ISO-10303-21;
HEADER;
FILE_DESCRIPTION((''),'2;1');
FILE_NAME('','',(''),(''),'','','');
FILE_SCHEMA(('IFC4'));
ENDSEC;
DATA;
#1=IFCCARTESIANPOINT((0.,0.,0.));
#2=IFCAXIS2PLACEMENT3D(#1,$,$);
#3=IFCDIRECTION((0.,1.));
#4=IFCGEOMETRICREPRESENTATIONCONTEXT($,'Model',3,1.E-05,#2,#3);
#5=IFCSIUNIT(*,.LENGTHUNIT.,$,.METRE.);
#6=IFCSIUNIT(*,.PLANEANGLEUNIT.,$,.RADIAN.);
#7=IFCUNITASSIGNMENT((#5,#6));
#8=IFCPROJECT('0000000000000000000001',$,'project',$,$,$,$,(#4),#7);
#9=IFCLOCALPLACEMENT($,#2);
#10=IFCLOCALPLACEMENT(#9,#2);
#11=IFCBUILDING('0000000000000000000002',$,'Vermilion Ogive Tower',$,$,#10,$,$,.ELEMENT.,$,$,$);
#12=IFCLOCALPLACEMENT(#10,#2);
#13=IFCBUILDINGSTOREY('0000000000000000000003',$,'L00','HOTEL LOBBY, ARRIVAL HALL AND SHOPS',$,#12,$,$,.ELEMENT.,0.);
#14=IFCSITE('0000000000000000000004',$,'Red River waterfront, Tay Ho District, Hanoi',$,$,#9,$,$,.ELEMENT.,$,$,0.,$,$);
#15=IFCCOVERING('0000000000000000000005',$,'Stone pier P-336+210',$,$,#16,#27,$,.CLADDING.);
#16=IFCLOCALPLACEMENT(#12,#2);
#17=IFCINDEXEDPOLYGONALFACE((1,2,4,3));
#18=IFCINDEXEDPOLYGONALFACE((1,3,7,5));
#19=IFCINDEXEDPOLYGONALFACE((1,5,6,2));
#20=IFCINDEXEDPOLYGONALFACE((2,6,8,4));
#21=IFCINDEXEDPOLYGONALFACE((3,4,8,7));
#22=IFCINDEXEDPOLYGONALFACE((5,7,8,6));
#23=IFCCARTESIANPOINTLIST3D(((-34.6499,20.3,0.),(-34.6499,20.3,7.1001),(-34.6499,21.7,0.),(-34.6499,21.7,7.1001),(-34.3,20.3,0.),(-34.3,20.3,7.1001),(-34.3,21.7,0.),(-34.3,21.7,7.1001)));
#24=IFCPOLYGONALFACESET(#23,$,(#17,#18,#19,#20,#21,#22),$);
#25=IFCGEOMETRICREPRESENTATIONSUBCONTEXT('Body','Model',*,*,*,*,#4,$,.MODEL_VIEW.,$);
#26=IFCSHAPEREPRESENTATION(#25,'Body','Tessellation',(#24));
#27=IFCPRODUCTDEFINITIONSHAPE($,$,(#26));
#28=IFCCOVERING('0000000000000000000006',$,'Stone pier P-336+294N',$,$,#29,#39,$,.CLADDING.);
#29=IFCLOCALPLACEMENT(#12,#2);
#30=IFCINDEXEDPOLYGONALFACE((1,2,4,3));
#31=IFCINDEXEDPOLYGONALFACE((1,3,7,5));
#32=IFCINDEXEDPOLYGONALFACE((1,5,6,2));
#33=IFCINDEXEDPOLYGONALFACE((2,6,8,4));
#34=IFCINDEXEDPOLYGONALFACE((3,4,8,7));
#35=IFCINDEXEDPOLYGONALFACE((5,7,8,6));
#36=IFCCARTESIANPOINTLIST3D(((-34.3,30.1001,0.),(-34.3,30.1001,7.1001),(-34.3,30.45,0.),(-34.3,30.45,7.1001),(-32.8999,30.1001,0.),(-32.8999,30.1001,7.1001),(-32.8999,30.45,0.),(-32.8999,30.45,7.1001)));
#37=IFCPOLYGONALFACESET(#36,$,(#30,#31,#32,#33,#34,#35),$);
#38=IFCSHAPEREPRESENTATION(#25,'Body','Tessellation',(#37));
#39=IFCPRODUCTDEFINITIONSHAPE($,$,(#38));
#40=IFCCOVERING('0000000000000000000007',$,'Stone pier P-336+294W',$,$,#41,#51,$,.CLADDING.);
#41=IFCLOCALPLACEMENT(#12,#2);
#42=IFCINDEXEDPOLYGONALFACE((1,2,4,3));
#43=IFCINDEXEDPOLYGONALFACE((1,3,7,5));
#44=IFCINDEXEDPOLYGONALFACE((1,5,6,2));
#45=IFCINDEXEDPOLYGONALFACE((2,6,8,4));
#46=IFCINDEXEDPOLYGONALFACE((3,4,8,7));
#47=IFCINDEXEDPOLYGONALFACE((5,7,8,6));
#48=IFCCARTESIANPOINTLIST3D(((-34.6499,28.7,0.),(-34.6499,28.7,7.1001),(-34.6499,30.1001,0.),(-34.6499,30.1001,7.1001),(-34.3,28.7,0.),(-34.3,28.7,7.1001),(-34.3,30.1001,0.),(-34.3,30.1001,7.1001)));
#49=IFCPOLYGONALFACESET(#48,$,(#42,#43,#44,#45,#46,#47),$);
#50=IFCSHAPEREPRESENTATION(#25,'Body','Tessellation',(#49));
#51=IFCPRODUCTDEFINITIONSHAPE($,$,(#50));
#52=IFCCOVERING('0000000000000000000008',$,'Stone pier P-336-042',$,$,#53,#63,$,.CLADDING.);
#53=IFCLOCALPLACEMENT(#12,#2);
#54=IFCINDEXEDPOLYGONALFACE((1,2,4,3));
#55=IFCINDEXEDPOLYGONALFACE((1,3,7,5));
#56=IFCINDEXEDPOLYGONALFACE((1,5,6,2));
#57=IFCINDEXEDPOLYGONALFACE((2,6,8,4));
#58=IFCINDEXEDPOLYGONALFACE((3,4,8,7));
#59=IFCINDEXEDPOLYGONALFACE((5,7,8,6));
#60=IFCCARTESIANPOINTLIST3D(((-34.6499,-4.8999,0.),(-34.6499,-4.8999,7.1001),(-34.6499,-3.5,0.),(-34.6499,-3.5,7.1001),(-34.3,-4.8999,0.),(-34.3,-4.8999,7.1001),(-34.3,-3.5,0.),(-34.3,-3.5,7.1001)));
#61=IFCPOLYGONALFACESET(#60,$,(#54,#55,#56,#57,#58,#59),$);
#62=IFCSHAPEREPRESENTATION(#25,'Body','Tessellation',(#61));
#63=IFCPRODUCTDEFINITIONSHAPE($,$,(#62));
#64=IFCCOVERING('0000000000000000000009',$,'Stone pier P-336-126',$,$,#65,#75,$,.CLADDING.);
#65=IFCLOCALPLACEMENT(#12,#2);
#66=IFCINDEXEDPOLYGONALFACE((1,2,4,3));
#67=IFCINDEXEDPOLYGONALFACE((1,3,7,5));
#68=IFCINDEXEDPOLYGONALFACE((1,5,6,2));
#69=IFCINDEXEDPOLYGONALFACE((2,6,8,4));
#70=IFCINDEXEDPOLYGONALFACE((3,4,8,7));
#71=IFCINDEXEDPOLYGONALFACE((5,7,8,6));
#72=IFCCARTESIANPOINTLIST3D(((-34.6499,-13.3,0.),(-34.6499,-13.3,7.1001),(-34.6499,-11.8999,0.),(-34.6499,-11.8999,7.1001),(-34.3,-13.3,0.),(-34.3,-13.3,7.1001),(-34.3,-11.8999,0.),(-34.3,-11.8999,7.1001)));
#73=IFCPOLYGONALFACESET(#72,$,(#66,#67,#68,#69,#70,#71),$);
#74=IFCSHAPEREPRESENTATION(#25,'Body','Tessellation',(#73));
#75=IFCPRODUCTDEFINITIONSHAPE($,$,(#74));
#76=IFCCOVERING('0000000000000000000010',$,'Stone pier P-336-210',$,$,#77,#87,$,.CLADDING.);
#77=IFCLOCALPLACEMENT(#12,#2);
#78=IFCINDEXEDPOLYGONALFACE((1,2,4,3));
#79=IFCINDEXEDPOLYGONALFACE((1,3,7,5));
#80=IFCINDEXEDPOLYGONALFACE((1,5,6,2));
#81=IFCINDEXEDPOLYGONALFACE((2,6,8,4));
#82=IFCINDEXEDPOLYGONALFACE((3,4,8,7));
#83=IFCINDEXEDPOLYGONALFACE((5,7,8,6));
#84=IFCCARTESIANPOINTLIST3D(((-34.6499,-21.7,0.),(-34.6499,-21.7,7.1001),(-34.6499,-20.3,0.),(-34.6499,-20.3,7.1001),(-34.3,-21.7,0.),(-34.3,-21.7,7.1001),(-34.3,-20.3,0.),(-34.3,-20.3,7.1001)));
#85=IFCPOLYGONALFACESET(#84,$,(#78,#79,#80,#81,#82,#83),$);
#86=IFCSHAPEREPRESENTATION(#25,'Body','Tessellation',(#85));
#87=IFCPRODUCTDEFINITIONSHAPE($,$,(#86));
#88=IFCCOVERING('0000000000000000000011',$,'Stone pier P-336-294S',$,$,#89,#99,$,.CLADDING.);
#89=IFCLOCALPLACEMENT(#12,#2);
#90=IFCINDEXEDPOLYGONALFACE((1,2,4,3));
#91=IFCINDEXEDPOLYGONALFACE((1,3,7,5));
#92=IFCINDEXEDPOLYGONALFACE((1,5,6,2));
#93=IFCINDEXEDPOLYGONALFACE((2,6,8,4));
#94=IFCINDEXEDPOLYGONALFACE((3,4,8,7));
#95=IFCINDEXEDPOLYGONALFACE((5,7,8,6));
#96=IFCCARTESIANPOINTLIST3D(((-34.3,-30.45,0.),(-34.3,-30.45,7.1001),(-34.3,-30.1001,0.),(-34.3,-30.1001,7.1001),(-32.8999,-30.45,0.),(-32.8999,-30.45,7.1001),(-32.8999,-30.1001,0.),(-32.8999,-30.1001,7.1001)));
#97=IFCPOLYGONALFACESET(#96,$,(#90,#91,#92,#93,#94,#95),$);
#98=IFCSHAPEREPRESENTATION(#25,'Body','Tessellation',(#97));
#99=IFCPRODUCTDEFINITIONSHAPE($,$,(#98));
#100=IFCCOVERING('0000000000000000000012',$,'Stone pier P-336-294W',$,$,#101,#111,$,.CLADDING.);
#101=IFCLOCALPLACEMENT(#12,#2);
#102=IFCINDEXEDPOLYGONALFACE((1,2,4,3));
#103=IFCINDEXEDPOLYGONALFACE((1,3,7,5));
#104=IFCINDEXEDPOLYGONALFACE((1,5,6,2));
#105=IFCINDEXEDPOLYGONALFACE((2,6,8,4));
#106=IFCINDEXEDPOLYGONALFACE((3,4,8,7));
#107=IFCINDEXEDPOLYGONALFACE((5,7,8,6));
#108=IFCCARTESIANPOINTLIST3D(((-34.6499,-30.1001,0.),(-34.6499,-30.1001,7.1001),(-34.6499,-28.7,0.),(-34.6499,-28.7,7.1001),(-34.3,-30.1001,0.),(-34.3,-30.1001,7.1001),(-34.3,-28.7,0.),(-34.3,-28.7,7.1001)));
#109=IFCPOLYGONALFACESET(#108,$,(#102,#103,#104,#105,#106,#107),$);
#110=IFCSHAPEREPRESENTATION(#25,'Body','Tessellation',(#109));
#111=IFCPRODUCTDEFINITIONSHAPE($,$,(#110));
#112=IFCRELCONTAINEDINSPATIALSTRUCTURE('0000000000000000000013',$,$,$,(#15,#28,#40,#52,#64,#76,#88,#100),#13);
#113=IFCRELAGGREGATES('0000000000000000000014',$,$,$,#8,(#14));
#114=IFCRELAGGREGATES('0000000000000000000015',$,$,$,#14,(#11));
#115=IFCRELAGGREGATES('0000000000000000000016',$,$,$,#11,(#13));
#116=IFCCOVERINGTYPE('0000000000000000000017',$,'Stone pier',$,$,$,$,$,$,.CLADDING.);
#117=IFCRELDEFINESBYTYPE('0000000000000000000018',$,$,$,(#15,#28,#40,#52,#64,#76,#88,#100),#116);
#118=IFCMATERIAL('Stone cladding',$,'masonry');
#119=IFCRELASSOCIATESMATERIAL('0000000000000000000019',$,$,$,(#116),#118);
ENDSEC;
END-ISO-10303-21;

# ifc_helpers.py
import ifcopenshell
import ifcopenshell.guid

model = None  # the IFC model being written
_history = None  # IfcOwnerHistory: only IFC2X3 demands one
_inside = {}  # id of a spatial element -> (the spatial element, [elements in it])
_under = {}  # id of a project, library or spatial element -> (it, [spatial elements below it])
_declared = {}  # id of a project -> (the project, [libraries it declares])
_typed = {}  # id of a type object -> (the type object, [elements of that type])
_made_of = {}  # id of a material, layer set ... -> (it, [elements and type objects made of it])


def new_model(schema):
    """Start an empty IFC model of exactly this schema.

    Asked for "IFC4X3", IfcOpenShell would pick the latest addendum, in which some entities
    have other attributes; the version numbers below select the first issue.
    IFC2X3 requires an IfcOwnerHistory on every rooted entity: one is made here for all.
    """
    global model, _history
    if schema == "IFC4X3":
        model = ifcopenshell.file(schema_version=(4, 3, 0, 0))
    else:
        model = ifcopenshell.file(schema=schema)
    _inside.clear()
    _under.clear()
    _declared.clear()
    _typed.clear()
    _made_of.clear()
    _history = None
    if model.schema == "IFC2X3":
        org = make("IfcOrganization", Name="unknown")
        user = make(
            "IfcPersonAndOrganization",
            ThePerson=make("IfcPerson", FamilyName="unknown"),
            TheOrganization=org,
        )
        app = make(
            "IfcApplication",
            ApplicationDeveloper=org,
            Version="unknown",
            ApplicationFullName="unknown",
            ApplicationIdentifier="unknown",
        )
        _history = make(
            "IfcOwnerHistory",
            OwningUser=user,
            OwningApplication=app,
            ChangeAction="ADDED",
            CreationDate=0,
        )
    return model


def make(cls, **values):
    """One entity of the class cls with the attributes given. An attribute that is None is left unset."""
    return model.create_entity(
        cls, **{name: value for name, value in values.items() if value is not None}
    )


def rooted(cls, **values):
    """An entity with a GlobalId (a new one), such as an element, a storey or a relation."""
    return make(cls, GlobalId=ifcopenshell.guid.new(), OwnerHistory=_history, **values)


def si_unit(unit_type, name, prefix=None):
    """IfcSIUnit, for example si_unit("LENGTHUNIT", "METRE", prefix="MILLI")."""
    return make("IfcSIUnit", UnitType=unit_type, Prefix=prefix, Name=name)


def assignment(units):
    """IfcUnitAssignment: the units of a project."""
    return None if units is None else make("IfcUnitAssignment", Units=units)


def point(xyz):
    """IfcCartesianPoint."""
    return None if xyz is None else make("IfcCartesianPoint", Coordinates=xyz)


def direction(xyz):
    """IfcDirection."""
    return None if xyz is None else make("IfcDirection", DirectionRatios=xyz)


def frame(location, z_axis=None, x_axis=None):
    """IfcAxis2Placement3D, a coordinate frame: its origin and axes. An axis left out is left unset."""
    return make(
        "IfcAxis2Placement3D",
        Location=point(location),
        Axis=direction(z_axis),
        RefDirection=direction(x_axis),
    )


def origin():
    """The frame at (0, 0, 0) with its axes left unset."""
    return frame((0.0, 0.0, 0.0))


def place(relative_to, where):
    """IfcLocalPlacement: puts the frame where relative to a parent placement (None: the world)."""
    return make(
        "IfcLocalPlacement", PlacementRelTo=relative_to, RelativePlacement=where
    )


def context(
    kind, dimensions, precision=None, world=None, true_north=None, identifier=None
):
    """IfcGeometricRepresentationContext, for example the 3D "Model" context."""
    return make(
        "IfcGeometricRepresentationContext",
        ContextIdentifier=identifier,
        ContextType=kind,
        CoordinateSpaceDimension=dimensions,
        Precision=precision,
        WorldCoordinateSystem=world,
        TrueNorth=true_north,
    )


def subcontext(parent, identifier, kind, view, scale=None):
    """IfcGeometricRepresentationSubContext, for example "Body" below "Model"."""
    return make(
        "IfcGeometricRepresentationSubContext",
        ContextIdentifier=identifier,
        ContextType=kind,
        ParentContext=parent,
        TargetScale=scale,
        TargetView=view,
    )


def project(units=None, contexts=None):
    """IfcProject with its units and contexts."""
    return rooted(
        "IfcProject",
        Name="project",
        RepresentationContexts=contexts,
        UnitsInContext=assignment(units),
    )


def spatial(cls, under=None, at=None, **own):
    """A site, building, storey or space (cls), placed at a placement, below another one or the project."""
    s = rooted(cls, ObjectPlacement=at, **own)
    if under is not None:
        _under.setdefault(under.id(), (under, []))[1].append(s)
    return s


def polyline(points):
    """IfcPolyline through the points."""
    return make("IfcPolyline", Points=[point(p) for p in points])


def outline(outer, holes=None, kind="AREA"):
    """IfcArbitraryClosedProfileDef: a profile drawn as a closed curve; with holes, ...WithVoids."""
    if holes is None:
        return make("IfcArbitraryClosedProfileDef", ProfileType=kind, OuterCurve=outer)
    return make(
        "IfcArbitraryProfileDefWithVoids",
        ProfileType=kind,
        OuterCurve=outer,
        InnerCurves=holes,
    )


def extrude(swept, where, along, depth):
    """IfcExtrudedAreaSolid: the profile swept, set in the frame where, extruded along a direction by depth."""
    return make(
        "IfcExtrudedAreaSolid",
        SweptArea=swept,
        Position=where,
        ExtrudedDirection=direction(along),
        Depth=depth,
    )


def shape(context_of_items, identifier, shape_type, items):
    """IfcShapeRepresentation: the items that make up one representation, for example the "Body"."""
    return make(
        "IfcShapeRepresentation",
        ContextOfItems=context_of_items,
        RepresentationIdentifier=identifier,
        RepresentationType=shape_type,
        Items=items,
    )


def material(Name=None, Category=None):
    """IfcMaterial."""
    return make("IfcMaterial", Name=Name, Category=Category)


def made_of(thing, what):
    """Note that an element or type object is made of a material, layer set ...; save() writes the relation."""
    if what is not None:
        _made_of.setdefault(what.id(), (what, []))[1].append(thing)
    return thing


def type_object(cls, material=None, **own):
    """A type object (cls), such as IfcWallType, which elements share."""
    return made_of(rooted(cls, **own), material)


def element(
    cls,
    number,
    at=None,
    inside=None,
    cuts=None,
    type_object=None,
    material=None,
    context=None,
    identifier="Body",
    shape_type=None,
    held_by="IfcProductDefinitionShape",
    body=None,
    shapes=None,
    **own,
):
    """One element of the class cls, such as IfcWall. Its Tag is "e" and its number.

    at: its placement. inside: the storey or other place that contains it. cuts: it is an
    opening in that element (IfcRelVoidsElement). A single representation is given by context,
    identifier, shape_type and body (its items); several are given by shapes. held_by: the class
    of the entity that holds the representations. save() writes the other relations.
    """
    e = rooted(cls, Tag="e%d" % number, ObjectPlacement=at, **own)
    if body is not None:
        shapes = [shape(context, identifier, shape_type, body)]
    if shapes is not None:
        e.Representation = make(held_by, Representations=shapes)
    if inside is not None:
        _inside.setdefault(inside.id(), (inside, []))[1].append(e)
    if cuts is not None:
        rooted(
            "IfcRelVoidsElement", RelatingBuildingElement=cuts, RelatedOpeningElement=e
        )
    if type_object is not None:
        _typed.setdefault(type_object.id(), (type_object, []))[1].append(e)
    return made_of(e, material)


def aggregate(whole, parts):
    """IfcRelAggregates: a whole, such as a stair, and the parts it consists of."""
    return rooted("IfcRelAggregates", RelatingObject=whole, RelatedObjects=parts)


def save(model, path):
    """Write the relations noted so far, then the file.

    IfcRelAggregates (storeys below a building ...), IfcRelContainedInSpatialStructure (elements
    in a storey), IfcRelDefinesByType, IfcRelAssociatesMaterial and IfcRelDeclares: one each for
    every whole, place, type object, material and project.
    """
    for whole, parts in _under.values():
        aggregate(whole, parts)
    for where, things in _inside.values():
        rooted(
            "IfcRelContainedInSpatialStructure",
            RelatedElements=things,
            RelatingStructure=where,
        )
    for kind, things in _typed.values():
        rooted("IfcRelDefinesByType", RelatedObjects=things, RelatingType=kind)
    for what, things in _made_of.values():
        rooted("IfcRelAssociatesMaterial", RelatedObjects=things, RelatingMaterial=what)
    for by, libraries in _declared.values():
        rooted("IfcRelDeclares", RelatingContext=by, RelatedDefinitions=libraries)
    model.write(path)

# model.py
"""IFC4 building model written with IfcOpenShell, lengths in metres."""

from ifc_helpers import new_model, si_unit, direction, origin, place, context, subcontext, project, spatial, polyline, outline, extrude, material, type_object, element, save


model = new_model("IFC4")

# Units and contexts
model_context = context("Model", 3, precision=1e-05, world=origin(), true_north=direction((0.0, 1.0)))
body_context = subcontext(model_context, "Body", "Model", "MODEL_VIEW")
ifc_project = project(units=[si_unit("LENGTHUNIT", "METRE"), si_unit("PLANEANGLEUNIT", "RADIAN")], contexts=[model_context])

# Site, building, storey
site_placement = place(None, origin())
site = spatial("IfcSite", under=ifc_project, at=site_placement, Name="Red River waterfront, Tay Ho District, Hanoi", CompositionType="ELEMENT", RefElevation=0.0)
building_placement = place(site_placement, origin())
building = spatial("IfcBuilding", under=site, at=building_placement, Name="Vermilion Ogive Tower", CompositionType="ELEMENT")
storey_placement = place(building_placement, origin())
storey = spatial("IfcBuildingStorey", under=building, at=storey_placement, Name="L00", Description="HOTEL LOBBY, ARRIVAL HALL AND SHOPS", CompositionType="ELEMENT", Elevation=0.0)

# Coverings
ifc_material = material(Name="Stone cladding", Category="masonry")
covering_type = type_object("IfcCoveringType", Name="Stone pier", PredefinedType="CLADDING", material=ifc_material)
covering_1_placement = place(storey_placement, origin())
element("IfcCovering", 1, at=covering_1_placement, inside=storey, type_object=covering_type, Name="Stone pier P-336+210", PredefinedType="CLADDING", context=body_context, shape_type="SweptSolid", body=[
    extrude(outline(polyline([(-34.6499, 20.3), (-34.6499, 21.7), (-34.3, 21.7), (-34.3, 20.3), (-34.6499, 20.3)])), origin(), (0.0, 0.0, 1.0), 7.1001),
])
covering_2_placement = place(storey_placement, origin())
element("IfcCovering", 2, at=covering_2_placement, inside=storey, type_object=covering_type, Name="Stone pier P-336+294N", PredefinedType="CLADDING", context=body_context, shape_type="SweptSolid", body=[
    extrude(outline(polyline([(-34.3, 30.45), (-32.8999, 30.45), (-32.8999, 30.1001), (-34.3, 30.1001), (-34.3, 30.45)])), origin(), (0.0, 0.0, 1.0), 7.1001),
])
covering_3_placement = place(storey_placement, origin())
element("IfcCovering", 3, at=covering_3_placement, inside=storey, type_object=covering_type, Name="Stone pier P-336+294W", PredefinedType="CLADDING", context=body_context, shape_type="SweptSolid", body=[
    extrude(outline(polyline([(-34.6499, 30.1001), (-34.3, 30.1001), (-34.3, 28.7), (-34.6499, 28.7), (-34.6499, 30.1001)])), origin(), (0.0, 0.0, 1.0), 7.1001),
])
covering_4_placement = place(storey_placement, origin())
element("IfcCovering", 4, at=covering_4_placement, inside=storey, type_object=covering_type, Name="Stone pier P-336-042", PredefinedType="CLADDING", context=body_context, shape_type="SweptSolid", body=[
    extrude(outline(polyline([(-34.3, -4.8999), (-34.6499, -4.8999), (-34.6499, -3.5), (-34.3, -3.5), (-34.3, -4.8999), (-34.3, -4.8999)])), origin(), (0.0, 0.0, 1.0), 7.1001),
])
covering_5_placement = place(storey_placement, origin())
element("IfcCovering", 5, at=covering_5_placement, inside=storey, type_object=covering_type, Name="Stone pier P-336-126", PredefinedType="CLADDING", context=body_context, shape_type="SweptSolid", body=[
    extrude(outline(polyline([(-34.3, -13.3), (-34.3, -13.3), (-34.6499, -13.3), (-34.6499, -11.8999), (-34.3, -11.8999), (-34.3, -11.8999), (-34.3, -13.3)])), origin(), (0.0, 0.0, 1.0), 7.1001),
])
covering_6_placement = place(storey_placement, origin())
element("IfcCovering", 6, at=covering_6_placement, inside=storey, type_object=covering_type, Name="Stone pier P-336-210", PredefinedType="CLADDING", context=body_context, shape_type="SweptSolid", body=[
    extrude(outline(polyline([(-34.3, -21.7), (-34.3, -21.7), (-34.6499, -21.7), (-34.6499, -20.3), (-34.3, -20.3), (-34.3, -20.3), (-34.3, -21.7)])), origin(), (0.0, 0.0, 1.0), 7.1001),
])
covering_7_placement = place(storey_placement, origin())
element("IfcCovering", 7, at=covering_7_placement, inside=storey, type_object=covering_type, Name="Stone pier P-336-294S", PredefinedType="CLADDING", context=body_context, shape_type="SweptSolid", body=[
    extrude(outline(polyline([(-32.8999, -30.45), (-34.3, -30.45), (-34.3, -30.1001), (-32.8999, -30.1001), (-32.8999, -30.45)])), origin(), (0.0, 0.0, 1.0), 7.1001),
])
covering_8_placement = place(storey_placement, origin())
element("IfcCovering", 8, at=covering_8_placement, inside=storey, type_object=covering_type, Name="Stone pier P-336-294W", PredefinedType="CLADDING", context=body_context, shape_type="SweptSolid", body=[
    extrude(outline(polyline([(-34.3, -30.1001), (-34.6499, -30.1001), (-34.6499, -28.7), (-34.3, -28.7), (-34.3, -28.7), (-34.3, -30.1001), (-34.3, -30.1001)])), origin(), (0.0, 0.0, 1.0), 7.1001),
])

save(model, "model.ifc")
